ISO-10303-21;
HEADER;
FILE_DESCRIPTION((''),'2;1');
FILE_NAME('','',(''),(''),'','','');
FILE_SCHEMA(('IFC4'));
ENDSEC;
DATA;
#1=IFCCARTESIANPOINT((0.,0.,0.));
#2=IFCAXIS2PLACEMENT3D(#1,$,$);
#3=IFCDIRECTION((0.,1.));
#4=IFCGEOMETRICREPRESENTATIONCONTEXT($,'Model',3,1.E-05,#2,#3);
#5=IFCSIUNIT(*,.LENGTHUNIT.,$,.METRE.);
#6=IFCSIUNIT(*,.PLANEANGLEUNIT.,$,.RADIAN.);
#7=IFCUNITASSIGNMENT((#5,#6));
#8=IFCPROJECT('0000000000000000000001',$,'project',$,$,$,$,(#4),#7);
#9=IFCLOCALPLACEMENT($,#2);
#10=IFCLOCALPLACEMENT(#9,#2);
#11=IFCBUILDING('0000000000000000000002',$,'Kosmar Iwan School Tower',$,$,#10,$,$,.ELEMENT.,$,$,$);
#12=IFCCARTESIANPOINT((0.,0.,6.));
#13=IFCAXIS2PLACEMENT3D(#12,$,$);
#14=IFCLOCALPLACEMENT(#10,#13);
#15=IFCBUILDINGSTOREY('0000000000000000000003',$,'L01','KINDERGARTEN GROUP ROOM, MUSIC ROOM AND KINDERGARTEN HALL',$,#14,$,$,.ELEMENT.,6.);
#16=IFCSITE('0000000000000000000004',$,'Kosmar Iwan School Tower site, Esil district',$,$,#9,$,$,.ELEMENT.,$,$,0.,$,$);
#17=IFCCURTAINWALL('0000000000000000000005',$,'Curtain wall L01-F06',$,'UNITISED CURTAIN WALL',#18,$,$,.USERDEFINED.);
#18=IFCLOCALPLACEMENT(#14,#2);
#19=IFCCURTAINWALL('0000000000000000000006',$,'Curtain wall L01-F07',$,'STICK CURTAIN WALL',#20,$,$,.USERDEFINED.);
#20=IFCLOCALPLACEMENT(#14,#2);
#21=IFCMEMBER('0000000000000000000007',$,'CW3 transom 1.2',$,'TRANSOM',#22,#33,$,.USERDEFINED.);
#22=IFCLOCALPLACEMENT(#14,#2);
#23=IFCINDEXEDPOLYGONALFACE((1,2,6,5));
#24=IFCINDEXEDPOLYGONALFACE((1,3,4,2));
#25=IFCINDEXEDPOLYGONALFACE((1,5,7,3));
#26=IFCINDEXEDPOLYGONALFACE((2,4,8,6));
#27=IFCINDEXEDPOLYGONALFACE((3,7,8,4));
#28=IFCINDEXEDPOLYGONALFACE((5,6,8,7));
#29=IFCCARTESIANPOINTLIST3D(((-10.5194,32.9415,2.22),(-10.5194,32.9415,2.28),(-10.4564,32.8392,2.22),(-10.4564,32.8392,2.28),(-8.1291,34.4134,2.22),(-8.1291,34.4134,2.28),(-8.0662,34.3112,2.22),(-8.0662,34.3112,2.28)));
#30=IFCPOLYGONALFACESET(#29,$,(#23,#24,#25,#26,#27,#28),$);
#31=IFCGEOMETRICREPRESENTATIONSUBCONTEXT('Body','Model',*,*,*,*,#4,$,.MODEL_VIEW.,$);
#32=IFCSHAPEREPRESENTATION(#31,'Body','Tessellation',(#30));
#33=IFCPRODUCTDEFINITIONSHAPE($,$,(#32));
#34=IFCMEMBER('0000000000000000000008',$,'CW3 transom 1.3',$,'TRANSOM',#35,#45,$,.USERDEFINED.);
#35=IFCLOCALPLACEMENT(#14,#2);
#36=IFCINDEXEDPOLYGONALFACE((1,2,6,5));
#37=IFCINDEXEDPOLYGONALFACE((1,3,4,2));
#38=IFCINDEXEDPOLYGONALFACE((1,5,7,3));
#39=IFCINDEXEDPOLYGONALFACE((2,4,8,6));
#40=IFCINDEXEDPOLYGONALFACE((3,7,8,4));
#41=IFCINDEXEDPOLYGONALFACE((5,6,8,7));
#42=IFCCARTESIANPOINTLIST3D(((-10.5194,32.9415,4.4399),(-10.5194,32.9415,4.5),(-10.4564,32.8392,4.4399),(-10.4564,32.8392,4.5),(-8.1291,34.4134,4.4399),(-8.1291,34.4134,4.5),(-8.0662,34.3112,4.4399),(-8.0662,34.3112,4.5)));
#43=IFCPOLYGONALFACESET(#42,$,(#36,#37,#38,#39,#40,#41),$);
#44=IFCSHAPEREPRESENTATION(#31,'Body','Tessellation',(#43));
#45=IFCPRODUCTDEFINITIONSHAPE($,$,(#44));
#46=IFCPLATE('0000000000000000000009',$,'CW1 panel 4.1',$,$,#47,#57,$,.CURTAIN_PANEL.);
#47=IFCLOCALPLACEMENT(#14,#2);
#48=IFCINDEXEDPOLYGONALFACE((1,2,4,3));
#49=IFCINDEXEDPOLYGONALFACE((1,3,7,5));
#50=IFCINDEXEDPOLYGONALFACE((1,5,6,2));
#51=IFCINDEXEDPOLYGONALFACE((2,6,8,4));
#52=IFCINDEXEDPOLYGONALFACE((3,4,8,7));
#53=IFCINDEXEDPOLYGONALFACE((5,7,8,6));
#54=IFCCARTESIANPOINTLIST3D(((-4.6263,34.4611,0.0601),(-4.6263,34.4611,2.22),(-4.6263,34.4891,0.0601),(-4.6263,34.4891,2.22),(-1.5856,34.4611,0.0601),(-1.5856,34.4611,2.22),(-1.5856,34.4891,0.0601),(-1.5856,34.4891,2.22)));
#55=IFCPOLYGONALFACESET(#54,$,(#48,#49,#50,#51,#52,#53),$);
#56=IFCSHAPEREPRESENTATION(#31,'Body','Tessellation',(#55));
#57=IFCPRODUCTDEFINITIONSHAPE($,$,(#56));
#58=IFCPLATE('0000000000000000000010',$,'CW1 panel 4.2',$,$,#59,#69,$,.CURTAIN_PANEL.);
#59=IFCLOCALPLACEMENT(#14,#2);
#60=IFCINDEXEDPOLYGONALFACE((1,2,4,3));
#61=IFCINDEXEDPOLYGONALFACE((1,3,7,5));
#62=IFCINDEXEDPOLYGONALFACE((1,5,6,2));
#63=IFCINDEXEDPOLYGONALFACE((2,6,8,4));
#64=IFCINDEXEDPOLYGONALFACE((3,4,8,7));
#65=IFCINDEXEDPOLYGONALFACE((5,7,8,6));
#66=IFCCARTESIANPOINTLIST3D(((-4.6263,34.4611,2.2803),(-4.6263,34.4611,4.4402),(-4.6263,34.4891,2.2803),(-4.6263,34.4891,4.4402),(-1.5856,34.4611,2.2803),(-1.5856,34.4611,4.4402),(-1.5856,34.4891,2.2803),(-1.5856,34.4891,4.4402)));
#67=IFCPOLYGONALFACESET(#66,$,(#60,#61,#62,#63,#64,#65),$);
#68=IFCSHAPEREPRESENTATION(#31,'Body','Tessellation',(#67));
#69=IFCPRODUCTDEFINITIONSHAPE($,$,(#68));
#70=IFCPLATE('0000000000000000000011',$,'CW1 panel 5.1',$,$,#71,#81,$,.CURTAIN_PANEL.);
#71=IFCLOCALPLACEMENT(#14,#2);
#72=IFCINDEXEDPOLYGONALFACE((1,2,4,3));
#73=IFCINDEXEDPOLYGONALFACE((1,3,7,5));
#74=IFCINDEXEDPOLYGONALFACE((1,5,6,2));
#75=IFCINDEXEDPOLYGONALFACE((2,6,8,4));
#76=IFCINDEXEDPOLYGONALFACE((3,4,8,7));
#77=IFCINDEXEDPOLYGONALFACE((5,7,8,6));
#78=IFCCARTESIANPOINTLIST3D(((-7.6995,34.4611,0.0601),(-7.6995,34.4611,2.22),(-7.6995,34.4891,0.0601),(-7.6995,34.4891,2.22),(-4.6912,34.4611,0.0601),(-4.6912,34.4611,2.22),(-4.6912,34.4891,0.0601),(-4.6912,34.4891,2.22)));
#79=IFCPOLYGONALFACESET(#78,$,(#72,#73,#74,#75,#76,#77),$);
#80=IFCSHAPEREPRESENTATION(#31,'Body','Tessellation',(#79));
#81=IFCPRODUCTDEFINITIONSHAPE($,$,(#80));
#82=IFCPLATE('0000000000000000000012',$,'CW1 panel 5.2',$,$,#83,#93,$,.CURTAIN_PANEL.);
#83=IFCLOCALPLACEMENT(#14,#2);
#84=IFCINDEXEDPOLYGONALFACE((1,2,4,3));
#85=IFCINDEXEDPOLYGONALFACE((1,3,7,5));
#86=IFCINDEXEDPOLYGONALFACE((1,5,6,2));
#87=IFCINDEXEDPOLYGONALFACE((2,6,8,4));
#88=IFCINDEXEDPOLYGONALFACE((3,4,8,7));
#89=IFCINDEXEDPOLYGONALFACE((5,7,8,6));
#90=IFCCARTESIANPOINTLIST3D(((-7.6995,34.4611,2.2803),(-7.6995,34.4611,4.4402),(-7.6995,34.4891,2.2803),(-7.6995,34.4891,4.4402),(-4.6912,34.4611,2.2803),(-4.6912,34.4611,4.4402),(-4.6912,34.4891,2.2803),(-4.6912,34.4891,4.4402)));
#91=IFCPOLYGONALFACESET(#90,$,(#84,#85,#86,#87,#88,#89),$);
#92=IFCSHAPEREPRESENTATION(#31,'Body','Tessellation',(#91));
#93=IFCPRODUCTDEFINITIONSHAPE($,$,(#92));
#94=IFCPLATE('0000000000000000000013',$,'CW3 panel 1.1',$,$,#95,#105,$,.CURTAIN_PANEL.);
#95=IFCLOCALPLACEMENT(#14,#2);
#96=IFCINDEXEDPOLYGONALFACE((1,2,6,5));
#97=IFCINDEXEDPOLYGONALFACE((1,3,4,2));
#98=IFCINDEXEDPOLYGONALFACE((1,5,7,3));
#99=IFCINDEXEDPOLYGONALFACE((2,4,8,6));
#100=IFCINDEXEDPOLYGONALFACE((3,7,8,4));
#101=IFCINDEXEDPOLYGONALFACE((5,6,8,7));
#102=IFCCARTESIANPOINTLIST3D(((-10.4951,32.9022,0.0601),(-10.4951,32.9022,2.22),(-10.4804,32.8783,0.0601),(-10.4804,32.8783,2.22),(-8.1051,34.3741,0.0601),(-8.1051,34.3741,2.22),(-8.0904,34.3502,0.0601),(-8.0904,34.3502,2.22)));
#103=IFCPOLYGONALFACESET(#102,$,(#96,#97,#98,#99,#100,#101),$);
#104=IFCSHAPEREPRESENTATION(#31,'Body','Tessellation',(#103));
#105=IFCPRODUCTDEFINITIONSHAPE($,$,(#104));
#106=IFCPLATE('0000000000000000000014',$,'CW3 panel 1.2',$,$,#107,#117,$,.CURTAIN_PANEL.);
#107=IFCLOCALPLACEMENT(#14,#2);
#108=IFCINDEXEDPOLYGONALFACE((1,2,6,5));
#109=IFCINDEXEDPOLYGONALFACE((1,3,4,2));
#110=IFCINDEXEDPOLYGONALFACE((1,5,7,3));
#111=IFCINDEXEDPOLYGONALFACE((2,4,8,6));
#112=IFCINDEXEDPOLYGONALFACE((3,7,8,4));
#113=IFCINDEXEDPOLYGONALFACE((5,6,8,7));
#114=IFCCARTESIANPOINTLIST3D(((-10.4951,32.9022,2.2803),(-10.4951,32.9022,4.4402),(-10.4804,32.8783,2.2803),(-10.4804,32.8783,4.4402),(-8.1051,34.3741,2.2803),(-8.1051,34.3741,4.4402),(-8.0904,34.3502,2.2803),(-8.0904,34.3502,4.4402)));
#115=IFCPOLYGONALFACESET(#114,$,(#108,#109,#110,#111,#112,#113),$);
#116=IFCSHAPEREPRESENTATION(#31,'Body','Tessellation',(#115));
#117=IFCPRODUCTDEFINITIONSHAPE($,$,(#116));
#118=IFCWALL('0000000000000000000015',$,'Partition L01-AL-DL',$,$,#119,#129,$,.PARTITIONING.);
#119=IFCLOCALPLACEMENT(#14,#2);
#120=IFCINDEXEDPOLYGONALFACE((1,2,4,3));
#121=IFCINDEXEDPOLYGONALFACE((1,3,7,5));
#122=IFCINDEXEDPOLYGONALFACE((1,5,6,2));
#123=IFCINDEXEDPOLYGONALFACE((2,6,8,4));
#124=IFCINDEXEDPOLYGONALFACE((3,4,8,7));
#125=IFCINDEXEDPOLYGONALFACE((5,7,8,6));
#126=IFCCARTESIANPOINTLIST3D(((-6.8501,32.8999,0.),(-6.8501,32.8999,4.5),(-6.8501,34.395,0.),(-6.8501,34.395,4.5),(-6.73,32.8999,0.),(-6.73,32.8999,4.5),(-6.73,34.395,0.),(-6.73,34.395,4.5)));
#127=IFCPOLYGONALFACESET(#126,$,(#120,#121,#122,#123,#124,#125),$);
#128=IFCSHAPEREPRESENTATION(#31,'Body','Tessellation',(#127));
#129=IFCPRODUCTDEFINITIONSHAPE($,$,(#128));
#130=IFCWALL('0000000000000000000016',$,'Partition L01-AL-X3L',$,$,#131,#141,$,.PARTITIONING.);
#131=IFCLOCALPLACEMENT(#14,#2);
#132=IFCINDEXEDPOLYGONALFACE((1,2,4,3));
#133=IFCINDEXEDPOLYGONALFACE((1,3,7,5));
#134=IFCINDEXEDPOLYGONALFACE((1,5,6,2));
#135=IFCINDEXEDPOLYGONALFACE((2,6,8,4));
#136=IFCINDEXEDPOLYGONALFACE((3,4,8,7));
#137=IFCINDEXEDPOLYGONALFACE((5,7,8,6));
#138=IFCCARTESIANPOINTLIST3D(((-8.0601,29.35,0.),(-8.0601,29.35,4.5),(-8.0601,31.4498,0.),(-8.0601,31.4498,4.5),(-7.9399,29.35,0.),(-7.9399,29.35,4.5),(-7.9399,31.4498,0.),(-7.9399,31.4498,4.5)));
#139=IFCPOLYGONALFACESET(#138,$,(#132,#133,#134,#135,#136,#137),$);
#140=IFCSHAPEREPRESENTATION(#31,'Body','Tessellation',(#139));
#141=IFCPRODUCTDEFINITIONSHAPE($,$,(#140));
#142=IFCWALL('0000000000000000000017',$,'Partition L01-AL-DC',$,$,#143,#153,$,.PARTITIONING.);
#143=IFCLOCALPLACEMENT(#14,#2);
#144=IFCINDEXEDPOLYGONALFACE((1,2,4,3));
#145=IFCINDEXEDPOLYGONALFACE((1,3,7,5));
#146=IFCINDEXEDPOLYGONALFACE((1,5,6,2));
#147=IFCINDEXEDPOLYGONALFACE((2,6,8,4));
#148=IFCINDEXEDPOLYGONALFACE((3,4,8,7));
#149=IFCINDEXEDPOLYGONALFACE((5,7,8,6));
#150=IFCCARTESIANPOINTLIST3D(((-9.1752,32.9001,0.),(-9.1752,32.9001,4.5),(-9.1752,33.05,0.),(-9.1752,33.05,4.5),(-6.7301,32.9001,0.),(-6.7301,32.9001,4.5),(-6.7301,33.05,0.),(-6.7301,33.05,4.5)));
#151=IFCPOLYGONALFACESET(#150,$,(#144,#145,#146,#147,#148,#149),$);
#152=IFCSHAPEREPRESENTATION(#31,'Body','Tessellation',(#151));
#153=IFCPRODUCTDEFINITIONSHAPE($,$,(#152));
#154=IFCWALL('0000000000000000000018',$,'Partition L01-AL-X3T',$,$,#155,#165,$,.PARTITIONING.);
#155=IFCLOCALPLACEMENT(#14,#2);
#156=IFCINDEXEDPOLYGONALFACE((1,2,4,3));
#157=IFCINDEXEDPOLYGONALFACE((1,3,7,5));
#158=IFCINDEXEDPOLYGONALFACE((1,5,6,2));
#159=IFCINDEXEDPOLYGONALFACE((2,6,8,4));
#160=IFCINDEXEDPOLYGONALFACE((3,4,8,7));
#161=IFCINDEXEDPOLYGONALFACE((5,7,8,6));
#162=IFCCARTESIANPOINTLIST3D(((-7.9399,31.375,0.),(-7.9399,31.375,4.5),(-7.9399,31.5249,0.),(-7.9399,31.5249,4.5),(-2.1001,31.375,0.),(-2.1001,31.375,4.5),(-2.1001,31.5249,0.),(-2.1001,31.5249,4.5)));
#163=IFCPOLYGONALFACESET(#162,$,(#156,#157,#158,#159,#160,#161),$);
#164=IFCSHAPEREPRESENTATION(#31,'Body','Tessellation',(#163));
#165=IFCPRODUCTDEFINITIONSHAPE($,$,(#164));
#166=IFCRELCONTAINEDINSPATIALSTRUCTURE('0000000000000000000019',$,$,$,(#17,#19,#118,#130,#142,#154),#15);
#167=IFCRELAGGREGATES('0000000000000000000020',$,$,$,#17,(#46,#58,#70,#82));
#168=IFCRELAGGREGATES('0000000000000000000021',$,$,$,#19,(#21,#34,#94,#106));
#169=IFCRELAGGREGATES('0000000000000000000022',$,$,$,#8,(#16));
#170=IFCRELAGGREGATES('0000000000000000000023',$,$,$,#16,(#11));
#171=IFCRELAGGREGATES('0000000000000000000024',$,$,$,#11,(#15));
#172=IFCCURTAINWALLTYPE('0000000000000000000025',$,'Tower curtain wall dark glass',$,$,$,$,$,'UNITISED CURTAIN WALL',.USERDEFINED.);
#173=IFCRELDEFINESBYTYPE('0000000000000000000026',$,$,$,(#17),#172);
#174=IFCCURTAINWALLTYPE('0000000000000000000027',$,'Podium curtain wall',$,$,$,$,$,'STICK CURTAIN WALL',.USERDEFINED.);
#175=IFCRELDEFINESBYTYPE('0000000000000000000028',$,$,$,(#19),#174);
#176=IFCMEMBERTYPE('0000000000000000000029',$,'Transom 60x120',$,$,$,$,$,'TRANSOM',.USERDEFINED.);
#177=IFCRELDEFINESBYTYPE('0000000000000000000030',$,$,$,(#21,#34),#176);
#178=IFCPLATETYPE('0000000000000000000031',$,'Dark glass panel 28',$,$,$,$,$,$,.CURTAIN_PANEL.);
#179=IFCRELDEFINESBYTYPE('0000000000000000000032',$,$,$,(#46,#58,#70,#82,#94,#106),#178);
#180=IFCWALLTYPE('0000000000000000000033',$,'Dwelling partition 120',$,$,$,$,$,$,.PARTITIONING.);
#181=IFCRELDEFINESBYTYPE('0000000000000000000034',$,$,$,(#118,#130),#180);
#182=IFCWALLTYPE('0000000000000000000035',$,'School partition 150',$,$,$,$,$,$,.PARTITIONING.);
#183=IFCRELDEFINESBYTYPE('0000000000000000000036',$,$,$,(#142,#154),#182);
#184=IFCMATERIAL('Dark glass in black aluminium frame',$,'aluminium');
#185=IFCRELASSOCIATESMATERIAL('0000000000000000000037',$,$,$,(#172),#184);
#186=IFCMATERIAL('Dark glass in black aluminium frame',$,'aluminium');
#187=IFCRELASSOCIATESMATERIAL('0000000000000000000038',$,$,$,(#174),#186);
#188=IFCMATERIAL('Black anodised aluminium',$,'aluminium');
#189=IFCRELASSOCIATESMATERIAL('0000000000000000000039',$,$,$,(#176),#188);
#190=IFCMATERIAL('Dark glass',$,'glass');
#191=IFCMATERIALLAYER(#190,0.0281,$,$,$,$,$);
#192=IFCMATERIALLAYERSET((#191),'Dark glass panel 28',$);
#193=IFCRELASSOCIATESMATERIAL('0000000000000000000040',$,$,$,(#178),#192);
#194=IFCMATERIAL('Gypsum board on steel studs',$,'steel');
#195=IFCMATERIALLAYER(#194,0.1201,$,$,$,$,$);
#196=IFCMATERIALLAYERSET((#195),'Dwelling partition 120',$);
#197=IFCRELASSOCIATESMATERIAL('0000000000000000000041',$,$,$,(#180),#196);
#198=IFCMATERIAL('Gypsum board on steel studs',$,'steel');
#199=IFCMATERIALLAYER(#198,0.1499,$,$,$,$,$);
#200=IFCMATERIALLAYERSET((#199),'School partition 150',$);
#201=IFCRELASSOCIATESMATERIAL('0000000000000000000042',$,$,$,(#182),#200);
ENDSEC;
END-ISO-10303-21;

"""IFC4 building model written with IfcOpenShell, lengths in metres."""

from ifc_helpers import new_model, si_unit, direction, frame, frame_2d, origin, origin_2d, place, context, subcontext, project, spatial, rectangle, extrude, material, layer, layer_set, material_profile, profile_set, type_object, element, aggregate, save


model = new_model("IFC4")

# Units and contexts
model_context = context("Model", 3, precision=1e-05, world=origin(), true_north=direction((0.0, 1.0)))
body_context = subcontext(model_context, "Body", "Model", "MODEL_VIEW")
ifc_project = project(units=[si_unit("LENGTHUNIT", "METRE"), si_unit("PLANEANGLEUNIT", "RADIAN")], contexts=[model_context])

# Site, building, storey
site_placement = place(None, origin())
site = spatial("IfcSite", under=ifc_project, at=site_placement, Name="Kosmar Iwan School Tower site, Esil district", CompositionType="ELEMENT", RefElevation=0.0)
building_placement = place(site_placement, origin())
building = spatial("IfcBuilding", under=site, at=building_placement, Name="Kosmar Iwan School Tower", CompositionType="ELEMENT")
storey_placement = place(building_placement, frame((0.0, 0.0, 6.0)))
storey = spatial("IfcBuildingStorey", under=building, at=storey_placement, Name="L01", Description="KINDERGARTEN GROUP ROOM, MUSIC ROOM AND KINDERGARTEN HALL", CompositionType="ELEMENT", Elevation=6.0)

# Curtain wall
ifc_material_1 = material(Name="Dark glass in black aluminium frame", Category="aluminium")
curtain_wall_type_1 = type_object("IfcCurtainWallType", Name="Tower curtain wall dark glass", ElementType="UNITISED CURTAIN WALL", PredefinedType="USERDEFINED", material=ifc_material_1)
curtain_wall_1_placement = place(storey_placement, origin())
curtain_wall_1 = element("IfcCurtainWall", 1, at=curtain_wall_1_placement, inside=storey, type_object=curtain_wall_type_1, Name="Curtain wall L01-F06", ObjectType="UNITISED CURTAIN WALL", PredefinedType="USERDEFINED")

# Curtain wall
ifc_material_2 = material(Name="Dark glass in black aluminium frame", Category="aluminium")
curtain_wall_type_2 = type_object("IfcCurtainWallType", Name="Podium curtain wall", ElementType="STICK CURTAIN WALL", PredefinedType="USERDEFINED", material=ifc_material_2)
curtain_wall_2_placement = place(storey_placement, origin())
curtain_wall_2 = element("IfcCurtainWall", 2, at=curtain_wall_2_placement, inside=storey, type_object=curtain_wall_type_2, Name="Curtain wall L01-F07", ObjectType="STICK CURTAIN WALL", PredefinedType="USERDEFINED")

# Members
ifc_material_3 = material(Name="Black anodised aluminium", Category="aluminium")
ifc_material_profile_1 = material_profile(ifc_material_3, rectangle(XDim=0.1201, YDim=0.0601, at=origin_2d()), Name="TRANSOM 60x120")
ifc_profile_set_1 = profile_set([ifc_material_profile_1], Name="Black anodised aluminium")
member_type_1 = type_object("IfcMemberType", Name="Transom 60x120", ElementType="TRANSOM", PredefinedType="USERDEFINED", material=ifc_profile_set_1)
member_1_placement = place(storey_placement, frame((-8.0977, 34.3623, 2.25), z_axis=(-0.851488, -0.524374, 0.0), x_axis=(0.524374, -0.851488, 0.0)))
member_1 = element("IfcMember", 3, at=member_1_placement, type_object=member_type_1, Name="CW3 transom 1.2", ObjectType="TRANSOM", PredefinedType="USERDEFINED", context=body_context, shape_type="SweptSolid", body=[
    extrude(rectangle(XDim=0.1201, YDim=0.0601, at=origin_2d()), origin(), (0.0, 0.0, 1.0), 2.8071),
])
member_2_placement = place(storey_placement, frame((-8.0977, 34.3623, 4.47), z_axis=(-0.851488, -0.524374, 0.0), x_axis=(0.524374, -0.851488, 0.0)))
member_2 = element("IfcMember", 4, at=member_2_placement, type_object=member_type_1, Name="CW3 transom 1.3", ObjectType="TRANSOM", PredefinedType="USERDEFINED", context=body_context, shape_type="SweptSolid", body=[
    extrude(rectangle(XDim=0.1201, YDim=0.0601, at=origin_2d()), origin(), (0.0, 0.0, 1.0), 2.8071),
])

# Plates
ifc_material_4 = material(Name="Dark glass", Category="glass")
ifc_layer_1 = layer(ifc_material_4, 0.0281)
ifc_layer_set_1 = layer_set([ifc_layer_1], Name="Dark glass panel 28")
plate_type = type_object("IfcPlateType", Name="Dark glass panel 28", PredefinedType="CURTAIN_PANEL", material=ifc_layer_set_1)
plate_1_placement = place(storey_placement, frame((-3.106, 34.4751, 0.0601), z_axis=(0.0, 0.0, 1.0), x_axis=(-1.0, 0.0, 0.0)))
plate_1 = element("IfcPlate", 5, at=plate_1_placement, type_object=plate_type, Name="CW1 panel 4.1", PredefinedType="CURTAIN_PANEL", context=body_context, shape_type="SweptSolid", body=[
    extrude(rectangle(XDim=3.0408, YDim=0.0281, at=origin_2d()), origin(), (0.0, 0.0, 1.0), 2.1599),
])
plate_2_placement = place(storey_placement, frame((-3.106, 34.4751, 2.2803), z_axis=(0.0, 0.0, 1.0), x_axis=(-1.0, 0.0, 0.0)))
plate_2 = element("IfcPlate", 6, at=plate_2_placement, type_object=plate_type, Name="CW1 panel 4.2", PredefinedType="CURTAIN_PANEL", context=body_context, shape_type="SweptSolid", body=[
    extrude(rectangle(XDim=3.0408, YDim=0.0281, at=origin_2d()), origin(), (0.0, 0.0, 1.0), 2.1599),
])
plate_3_placement = place(storey_placement, frame((-6.1953, 34.4751, 0.0601), z_axis=(0.0, 0.0, 1.0), x_axis=(-1.0, 0.0, 0.0)))
plate_3 = element("IfcPlate", 7, at=plate_3_placement, type_object=plate_type, Name="CW1 panel 5.1", PredefinedType="CURTAIN_PANEL", context=body_context, shape_type="SweptSolid", body=[
    extrude(rectangle(XDim=3.0083, YDim=0.0281, at=origin_2d()), origin(), (0.0, 0.0, 1.0), 2.1599),
])
plate_4_placement = place(storey_placement, frame((-6.1953, 34.4751, 2.2803), z_axis=(0.0, 0.0, 1.0), x_axis=(-1.0, 0.0, 0.0)))
plate_4 = element("IfcPlate", 8, at=plate_4_placement, type_object=plate_type, Name="CW1 panel 5.2", PredefinedType="CURTAIN_PANEL", context=body_context, shape_type="SweptSolid", body=[
    extrude(rectangle(XDim=3.0083, YDim=0.0281, at=origin_2d()), origin(), (0.0, 0.0, 1.0), 2.1599),
])
aggregate(curtain_wall_1, [plate_1, plate_2, plate_3, plate_4])
plate_5_placement = place(storey_placement, frame((-9.2927, 33.6262, 0.0601), z_axis=(0.0, 0.0, 1.0), x_axis=(-0.851483, -0.524382, 0.0)))
plate_5 = element("IfcPlate", 9, at=plate_5_placement, type_object=plate_type, Name="CW3 panel 1.1", PredefinedType="CURTAIN_PANEL", context=body_context, shape_type="SweptSolid", body=[
    extrude(rectangle(XDim=2.8069, YDim=0.0281, at=origin_2d()), origin(), (0.0, 0.0, 1.0), 2.1599),
])
plate_6_placement = place(storey_placement, frame((-9.2927, 33.6262, 2.2803), z_axis=(0.0, 0.0, 1.0), x_axis=(-0.851483, -0.524382, 0.0)))
plate_6 = element("IfcPlate", 10, at=plate_6_placement, type_object=plate_type, Name="CW3 panel 1.2", PredefinedType="CURTAIN_PANEL", context=body_context, shape_type="SweptSolid", body=[
    extrude(rectangle(XDim=2.8069, YDim=0.0281, at=origin_2d()), origin(), (0.0, 0.0, 1.0), 2.1599),
])
aggregate(curtain_wall_2, [member_1, member_2, plate_5, plate_6])

# Walls
ifc_material_5 = material(Name="Gypsum board on steel studs", Category="steel")
ifc_layer_2 = layer(ifc_material_5, 0.1201)
ifc_layer_set_2 = layer_set([ifc_layer_2], Name="Dwelling partition 120")
wall_type_1 = type_object("IfcWallType", Name="Dwelling partition 120", PredefinedType="PARTITIONING", material=ifc_layer_set_2)
wall_1_placement = place(storey_placement, frame((-6.79, 32.8999, 0.0), z_axis=(0.0, 0.0, 1.0), x_axis=(0.0, 1.0, 0.0)))
element("IfcWall", 11, at=wall_1_placement, inside=storey, type_object=wall_type_1, Name="Partition L01-AL-DL", PredefinedType="PARTITIONING", context=body_context, shape_type="SweptSolid", body=[
    extrude(rectangle(XDim=1.4951, YDim=0.1201, at=frame_2d((0.7476, 0.0))), origin(), (0.0, 0.0, 1.0), 4.5),
])
wall_2_placement = place(storey_placement, frame((-8.0, 29.3501, 0.0), z_axis=(0.0, 0.0, 1.0), x_axis=(0.0, 1.0, 0.0)))
element("IfcWall", 12, at=wall_2_placement, inside=storey, type_object=wall_type_1, Name="Partition L01-AL-X3L", PredefinedType="PARTITIONING", context=body_context, shape_type="SweptSolid", body=[
    extrude(rectangle(XDim=2.0999, YDim=0.1201, at=frame_2d((1.0498, 0.0))), origin(), (0.0, 0.0, 1.0), 4.5),
])
ifc_material_6 = material(Name="Gypsum board on steel studs", Category="steel")
ifc_layer_3 = layer(ifc_material_6, 0.1499)
ifc_layer_set_3 = layer_set([ifc_layer_3], Name="School partition 150")
wall_type_2 = type_object("IfcWallType", Name="School partition 150", PredefinedType="PARTITIONING", material=ifc_layer_set_3)
wall_3_placement = place(storey_placement, frame((-6.73, 32.9751, 0.0), z_axis=(0.0, 0.0, 1.0), x_axis=(-1.0, 0.0, 0.0)))
element("IfcWall", 13, at=wall_3_placement, inside=storey, type_object=wall_type_2, Name="Partition L01-AL-DC", PredefinedType="PARTITIONING", context=body_context, shape_type="SweptSolid", body=[
    extrude(rectangle(XDim=2.4451, YDim=0.1499, at=frame_2d((1.2227, 0.0))), origin(), (0.0, 0.0, 1.0), 4.5),
])
wall_4_placement = place(storey_placement, frame((-2.1001, 31.45, 0.0), z_axis=(0.0, 0.0, 1.0), x_axis=(-1.0, 0.0, 0.0)))
element("IfcWall", 14, at=wall_4_placement, inside=storey, type_object=wall_type_2, Name="Partition L01-AL-X3T", PredefinedType="PARTITIONING", context=body_context, shape_type="SweptSolid", body=[
    extrude(rectangle(XDim=5.8398, YDim=0.1499, at=frame_2d((2.9199, 0.0))), origin(), (0.0, 0.0, 1.0), 4.5),
])

save(model, "model.ifc")
